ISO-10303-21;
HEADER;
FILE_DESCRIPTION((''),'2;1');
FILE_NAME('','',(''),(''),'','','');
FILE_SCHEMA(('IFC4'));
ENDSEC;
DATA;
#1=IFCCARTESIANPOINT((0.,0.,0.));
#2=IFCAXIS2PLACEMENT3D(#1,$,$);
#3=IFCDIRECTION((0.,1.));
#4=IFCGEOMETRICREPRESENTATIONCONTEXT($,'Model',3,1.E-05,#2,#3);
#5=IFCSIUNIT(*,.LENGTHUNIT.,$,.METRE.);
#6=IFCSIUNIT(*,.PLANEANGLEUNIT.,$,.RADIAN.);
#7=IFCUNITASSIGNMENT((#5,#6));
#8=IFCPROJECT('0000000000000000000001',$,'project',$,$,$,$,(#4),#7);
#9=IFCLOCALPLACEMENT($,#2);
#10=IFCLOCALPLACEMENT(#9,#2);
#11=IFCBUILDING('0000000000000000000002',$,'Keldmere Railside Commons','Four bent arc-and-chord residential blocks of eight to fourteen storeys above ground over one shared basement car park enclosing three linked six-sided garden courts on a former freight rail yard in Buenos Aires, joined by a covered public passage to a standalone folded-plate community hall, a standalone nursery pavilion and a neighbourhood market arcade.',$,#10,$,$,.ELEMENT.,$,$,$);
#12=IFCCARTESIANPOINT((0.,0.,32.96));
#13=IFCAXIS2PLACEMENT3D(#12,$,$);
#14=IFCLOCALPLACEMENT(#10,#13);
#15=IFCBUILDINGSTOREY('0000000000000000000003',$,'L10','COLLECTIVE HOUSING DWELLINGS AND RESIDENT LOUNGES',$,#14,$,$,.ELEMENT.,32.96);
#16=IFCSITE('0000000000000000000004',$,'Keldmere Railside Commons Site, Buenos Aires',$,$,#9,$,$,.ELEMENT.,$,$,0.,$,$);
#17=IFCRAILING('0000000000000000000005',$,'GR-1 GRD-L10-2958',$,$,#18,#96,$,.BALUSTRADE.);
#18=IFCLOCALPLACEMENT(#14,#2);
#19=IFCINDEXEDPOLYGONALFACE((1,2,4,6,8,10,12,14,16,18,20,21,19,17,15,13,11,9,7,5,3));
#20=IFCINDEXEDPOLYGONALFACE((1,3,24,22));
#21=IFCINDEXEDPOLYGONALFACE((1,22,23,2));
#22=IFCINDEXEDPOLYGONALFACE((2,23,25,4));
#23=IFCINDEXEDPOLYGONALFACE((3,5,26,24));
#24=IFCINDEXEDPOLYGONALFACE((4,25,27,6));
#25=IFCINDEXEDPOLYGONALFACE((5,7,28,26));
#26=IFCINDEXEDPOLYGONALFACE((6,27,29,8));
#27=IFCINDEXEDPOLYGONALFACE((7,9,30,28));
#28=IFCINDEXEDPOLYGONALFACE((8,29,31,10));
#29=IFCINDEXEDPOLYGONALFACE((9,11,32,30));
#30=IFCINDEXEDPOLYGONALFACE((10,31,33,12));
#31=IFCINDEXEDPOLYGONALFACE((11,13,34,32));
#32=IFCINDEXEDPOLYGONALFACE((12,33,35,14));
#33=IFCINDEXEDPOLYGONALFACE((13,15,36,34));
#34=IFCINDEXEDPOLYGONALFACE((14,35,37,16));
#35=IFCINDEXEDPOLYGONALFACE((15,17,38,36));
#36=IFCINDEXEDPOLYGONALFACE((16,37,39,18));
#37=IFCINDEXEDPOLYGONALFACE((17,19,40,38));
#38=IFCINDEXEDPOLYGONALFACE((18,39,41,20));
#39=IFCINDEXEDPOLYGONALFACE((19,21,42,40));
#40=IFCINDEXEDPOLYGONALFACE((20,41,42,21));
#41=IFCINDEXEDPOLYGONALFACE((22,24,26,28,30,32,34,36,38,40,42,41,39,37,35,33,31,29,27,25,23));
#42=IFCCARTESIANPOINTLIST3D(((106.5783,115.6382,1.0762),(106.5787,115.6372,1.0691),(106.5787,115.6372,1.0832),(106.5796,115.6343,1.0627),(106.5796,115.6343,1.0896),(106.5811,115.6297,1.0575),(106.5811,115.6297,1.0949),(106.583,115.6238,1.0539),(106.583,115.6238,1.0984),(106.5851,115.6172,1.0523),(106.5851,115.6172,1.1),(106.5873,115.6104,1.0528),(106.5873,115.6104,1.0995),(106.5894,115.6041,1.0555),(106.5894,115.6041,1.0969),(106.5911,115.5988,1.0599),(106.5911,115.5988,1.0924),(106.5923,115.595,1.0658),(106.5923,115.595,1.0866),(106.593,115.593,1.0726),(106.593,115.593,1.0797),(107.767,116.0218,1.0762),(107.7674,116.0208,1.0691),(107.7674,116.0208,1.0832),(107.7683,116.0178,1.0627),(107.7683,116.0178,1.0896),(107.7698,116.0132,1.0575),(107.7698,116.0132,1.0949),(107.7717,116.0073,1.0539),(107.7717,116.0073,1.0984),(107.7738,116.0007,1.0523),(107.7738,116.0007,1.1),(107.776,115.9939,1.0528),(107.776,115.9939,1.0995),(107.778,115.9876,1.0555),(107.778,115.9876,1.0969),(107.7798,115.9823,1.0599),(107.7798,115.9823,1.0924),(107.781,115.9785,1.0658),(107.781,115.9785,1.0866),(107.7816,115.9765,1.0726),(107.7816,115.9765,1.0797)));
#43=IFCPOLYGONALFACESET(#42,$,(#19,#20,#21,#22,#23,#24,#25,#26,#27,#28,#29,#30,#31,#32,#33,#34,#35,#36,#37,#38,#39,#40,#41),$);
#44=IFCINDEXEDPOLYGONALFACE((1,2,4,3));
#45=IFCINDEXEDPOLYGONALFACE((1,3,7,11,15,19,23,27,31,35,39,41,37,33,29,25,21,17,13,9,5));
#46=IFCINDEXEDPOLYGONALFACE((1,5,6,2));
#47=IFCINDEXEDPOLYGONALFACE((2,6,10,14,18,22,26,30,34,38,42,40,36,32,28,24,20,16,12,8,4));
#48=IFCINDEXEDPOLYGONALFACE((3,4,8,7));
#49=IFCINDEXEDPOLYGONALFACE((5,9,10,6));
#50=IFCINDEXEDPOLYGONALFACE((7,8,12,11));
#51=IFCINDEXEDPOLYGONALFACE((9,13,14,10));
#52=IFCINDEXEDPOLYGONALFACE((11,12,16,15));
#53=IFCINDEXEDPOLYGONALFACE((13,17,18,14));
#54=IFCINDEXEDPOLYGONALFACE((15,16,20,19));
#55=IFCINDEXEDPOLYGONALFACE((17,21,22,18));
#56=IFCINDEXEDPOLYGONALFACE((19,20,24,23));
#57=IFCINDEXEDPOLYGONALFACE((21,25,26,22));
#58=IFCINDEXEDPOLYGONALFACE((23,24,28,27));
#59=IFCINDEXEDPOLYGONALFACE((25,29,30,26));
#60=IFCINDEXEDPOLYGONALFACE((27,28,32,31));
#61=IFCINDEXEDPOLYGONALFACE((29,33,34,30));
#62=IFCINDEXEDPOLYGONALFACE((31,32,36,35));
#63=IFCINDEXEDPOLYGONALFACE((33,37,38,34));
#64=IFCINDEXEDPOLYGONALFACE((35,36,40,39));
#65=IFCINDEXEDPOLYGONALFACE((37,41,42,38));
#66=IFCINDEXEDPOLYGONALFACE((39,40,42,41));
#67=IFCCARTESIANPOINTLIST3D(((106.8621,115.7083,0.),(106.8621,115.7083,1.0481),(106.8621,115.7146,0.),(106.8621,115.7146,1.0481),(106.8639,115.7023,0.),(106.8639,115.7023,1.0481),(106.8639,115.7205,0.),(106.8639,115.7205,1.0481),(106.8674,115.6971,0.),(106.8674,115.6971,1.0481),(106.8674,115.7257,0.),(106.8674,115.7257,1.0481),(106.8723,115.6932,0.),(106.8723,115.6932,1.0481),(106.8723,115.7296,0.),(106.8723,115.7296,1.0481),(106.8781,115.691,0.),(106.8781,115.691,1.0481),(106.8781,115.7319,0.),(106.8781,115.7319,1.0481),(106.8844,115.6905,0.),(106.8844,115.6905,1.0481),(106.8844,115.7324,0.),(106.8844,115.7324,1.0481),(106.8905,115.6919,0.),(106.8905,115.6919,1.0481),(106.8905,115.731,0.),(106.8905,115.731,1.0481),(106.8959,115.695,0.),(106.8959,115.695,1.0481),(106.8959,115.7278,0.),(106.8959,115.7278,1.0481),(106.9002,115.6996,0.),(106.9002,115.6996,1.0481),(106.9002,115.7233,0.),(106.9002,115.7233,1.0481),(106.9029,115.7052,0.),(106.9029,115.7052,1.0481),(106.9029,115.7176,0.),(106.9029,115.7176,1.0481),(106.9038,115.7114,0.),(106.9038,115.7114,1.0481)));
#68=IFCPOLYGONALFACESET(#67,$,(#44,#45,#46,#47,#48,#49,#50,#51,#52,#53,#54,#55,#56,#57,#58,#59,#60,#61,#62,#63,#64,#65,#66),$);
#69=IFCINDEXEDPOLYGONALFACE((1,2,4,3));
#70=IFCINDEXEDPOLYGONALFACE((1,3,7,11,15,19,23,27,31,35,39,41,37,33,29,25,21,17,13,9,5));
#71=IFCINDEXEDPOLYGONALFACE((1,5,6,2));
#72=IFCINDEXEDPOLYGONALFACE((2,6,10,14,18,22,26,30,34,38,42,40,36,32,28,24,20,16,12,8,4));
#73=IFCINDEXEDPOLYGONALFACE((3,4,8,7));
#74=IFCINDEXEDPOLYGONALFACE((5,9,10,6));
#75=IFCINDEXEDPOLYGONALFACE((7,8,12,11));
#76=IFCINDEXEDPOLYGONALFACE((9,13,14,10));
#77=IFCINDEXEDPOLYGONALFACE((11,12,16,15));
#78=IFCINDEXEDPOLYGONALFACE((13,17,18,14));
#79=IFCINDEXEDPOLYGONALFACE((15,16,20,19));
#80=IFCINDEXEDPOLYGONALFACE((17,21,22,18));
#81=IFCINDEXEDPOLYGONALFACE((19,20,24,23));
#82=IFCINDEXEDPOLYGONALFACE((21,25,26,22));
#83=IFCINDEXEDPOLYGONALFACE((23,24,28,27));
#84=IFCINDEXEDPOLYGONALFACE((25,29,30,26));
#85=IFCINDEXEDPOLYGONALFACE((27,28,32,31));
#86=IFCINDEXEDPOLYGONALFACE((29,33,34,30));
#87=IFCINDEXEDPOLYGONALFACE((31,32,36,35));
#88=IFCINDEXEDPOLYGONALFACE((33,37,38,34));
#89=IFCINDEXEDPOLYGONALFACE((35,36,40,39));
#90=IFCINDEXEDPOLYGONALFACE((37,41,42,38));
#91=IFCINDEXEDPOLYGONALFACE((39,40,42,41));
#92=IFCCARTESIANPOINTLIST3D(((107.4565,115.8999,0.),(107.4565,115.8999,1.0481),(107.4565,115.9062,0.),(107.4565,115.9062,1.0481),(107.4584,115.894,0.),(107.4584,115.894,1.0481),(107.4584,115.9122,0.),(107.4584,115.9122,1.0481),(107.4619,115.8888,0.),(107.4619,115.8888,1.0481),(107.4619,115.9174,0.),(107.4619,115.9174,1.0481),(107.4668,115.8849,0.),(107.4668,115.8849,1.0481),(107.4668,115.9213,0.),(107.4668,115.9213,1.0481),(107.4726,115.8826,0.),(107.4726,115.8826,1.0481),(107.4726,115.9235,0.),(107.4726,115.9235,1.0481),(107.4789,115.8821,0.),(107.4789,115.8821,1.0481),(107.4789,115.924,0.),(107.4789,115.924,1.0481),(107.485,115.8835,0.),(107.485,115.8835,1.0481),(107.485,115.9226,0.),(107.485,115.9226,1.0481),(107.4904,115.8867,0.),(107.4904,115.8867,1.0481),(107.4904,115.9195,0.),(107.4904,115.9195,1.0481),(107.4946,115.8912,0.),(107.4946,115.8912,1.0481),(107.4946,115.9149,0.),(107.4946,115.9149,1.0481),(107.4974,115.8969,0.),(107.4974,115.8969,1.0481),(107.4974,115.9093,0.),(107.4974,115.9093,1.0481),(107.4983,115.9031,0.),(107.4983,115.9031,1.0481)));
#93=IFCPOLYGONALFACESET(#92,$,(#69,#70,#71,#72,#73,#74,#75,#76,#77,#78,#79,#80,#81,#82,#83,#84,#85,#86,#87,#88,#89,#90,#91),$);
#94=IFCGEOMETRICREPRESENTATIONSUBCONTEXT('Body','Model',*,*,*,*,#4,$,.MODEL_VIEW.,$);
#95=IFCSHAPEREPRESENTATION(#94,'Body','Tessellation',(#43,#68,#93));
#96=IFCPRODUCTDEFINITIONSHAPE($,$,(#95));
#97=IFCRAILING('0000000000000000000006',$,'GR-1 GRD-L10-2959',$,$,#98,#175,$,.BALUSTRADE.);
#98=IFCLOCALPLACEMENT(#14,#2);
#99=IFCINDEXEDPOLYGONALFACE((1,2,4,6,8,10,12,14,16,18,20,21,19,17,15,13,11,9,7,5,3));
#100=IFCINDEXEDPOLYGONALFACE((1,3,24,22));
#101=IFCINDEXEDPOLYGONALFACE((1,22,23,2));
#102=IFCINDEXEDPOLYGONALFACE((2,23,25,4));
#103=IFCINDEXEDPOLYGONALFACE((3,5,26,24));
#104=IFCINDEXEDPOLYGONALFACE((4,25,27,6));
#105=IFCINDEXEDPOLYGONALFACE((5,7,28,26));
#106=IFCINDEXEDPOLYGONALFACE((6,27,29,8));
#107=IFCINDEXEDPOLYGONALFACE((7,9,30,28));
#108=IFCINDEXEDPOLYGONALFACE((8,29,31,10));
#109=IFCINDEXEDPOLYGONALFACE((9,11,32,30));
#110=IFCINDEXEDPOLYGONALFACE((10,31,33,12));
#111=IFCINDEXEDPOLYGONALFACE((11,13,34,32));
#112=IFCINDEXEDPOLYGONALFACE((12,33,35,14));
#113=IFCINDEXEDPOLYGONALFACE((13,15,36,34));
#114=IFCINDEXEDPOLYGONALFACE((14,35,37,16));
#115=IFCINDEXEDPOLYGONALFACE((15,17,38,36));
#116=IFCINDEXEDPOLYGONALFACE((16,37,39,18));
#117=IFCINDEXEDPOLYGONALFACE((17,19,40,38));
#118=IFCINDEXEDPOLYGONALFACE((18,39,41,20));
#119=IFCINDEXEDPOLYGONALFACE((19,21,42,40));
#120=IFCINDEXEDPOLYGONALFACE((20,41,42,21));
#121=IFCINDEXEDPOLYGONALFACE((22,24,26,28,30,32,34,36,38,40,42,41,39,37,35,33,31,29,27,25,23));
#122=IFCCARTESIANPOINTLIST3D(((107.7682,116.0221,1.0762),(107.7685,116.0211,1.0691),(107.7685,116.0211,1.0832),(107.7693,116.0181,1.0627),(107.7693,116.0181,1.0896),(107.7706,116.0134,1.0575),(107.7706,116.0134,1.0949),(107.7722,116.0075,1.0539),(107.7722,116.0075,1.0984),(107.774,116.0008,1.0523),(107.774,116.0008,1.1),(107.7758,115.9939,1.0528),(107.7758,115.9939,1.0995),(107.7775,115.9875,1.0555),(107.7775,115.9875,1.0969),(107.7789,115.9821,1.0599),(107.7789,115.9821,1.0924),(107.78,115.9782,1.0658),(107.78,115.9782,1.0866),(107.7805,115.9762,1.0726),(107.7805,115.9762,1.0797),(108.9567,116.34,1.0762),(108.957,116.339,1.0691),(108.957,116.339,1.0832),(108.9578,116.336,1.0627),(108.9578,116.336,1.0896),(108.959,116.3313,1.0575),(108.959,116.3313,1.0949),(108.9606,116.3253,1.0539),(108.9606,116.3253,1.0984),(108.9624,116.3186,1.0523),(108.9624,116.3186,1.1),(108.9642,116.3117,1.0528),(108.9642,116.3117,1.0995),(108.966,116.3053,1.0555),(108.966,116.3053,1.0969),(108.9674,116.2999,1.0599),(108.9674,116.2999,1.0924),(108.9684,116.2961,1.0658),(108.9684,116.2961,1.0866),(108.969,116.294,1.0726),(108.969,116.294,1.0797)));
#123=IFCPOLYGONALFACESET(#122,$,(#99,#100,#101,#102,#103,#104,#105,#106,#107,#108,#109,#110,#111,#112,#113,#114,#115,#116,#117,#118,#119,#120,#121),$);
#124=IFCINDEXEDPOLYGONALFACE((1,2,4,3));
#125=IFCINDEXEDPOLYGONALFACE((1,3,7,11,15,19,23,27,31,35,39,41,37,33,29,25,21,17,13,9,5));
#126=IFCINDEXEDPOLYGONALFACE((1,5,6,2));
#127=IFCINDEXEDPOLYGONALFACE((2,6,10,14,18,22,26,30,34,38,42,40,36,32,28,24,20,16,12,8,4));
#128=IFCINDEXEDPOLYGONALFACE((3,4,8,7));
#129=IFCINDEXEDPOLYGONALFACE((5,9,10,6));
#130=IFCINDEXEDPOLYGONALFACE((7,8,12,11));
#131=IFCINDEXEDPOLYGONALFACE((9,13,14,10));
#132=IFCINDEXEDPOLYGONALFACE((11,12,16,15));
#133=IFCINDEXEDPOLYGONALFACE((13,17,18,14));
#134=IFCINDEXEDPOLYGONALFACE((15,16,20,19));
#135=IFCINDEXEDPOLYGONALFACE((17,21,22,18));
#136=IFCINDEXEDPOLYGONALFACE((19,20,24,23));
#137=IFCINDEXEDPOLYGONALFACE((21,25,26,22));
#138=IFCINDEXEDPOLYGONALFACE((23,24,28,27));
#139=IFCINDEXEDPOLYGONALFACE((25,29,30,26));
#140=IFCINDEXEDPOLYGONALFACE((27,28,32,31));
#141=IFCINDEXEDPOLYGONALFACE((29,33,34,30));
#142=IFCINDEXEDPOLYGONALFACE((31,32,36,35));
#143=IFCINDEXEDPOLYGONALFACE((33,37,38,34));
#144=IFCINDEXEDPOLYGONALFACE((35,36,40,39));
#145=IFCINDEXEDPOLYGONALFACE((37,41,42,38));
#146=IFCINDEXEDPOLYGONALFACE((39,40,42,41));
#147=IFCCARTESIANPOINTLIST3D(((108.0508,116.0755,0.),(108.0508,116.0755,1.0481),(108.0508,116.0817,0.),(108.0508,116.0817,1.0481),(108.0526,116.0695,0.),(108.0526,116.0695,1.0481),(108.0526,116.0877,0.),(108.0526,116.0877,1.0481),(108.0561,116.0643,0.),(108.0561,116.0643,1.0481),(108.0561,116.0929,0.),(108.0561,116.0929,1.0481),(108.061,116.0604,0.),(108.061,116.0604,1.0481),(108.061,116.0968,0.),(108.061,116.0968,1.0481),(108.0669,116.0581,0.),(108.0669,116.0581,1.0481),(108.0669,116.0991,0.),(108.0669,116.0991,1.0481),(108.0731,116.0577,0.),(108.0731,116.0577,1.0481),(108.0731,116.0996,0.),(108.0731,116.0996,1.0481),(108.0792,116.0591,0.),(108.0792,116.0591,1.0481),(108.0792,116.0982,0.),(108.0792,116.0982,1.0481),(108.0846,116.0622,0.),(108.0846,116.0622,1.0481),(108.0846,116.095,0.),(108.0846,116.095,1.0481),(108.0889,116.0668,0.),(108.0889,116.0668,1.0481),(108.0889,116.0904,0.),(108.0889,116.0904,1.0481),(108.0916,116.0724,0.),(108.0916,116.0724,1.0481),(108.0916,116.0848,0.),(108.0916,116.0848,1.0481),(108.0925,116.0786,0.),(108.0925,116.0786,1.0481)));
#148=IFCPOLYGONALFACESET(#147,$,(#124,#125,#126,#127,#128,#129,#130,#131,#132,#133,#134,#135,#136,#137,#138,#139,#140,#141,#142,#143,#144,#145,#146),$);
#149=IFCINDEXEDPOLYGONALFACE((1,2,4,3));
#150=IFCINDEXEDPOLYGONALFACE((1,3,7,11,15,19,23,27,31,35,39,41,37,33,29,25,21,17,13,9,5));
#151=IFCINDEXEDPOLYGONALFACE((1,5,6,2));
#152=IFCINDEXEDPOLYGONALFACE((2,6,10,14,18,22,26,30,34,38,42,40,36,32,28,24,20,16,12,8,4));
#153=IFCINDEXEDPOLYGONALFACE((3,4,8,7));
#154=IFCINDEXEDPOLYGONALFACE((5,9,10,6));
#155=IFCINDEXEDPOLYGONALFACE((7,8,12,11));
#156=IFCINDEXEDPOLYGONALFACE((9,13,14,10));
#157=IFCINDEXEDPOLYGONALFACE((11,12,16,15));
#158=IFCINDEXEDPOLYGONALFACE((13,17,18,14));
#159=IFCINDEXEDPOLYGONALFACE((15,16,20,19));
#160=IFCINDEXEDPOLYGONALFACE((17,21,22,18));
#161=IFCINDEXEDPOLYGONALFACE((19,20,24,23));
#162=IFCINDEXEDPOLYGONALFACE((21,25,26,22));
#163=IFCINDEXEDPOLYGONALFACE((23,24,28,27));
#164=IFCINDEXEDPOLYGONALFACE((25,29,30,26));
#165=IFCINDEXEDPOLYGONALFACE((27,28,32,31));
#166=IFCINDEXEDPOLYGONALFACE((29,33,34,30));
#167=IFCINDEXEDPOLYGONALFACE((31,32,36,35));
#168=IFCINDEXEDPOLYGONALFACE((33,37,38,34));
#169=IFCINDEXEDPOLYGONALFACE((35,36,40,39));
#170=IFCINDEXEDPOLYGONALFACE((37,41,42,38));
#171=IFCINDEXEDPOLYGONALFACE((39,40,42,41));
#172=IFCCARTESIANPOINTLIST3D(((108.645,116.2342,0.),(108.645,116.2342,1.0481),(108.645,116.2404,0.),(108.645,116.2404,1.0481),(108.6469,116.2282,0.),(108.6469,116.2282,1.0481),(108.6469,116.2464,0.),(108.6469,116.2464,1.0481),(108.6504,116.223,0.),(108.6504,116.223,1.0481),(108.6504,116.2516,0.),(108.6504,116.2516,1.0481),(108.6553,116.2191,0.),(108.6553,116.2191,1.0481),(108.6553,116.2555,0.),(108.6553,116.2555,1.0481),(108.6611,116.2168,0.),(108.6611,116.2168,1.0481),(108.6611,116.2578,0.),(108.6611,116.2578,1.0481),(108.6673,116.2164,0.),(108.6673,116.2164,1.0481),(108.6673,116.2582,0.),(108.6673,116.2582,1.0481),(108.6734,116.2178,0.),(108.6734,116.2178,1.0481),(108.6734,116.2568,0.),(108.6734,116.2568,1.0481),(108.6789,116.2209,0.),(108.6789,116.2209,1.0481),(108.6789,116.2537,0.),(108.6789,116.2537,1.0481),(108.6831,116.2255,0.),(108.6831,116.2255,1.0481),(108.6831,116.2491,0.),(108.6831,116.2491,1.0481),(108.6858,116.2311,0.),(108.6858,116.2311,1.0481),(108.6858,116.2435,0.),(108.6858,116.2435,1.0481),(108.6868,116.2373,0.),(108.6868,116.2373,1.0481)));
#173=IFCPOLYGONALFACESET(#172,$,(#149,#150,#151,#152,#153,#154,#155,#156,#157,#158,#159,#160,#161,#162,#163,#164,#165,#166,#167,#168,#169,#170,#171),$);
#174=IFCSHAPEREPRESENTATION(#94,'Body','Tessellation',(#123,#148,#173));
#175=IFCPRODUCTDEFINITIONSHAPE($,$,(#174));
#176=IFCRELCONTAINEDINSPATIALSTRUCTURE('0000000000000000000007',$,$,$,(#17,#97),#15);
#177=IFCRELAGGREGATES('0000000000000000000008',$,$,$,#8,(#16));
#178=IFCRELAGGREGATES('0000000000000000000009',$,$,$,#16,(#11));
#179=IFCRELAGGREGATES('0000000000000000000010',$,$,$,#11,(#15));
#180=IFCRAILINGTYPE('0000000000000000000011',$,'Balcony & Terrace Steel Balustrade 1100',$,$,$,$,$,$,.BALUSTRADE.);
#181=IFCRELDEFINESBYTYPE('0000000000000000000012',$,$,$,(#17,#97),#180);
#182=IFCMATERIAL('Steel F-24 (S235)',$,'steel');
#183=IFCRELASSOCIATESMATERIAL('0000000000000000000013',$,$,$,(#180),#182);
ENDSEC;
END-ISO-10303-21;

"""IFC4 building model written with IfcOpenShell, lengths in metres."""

from ifc_helpers import new_model, si_unit, direction, frame, origin, origin_2d, place, context, subcontext, project, spatial, circle, extrude, material, type_object, element, save


model = new_model("IFC4")

# Units and contexts
model_context = context("Model", 3, precision=1e-05, world=origin(), true_north=direction((0.0, 1.0)))
body_context = subcontext(model_context, "Body", "Model", "MODEL_VIEW")
ifc_project = project(units=[si_unit("LENGTHUNIT", "METRE"), si_unit("PLANEANGLEUNIT", "RADIAN")], contexts=[model_context])

# Site, building, storey
site_placement = place(None, origin())
site = spatial("IfcSite", under=ifc_project, at=site_placement, Name="Keldmere Railside Commons Site, Buenos Aires", CompositionType="ELEMENT", RefElevation=0.0)
building_placement = place(site_placement, origin())
building = spatial("IfcBuilding", under=site, at=building_placement, Name="Keldmere Railside Commons", Description="Four bent arc-and-chord residential blocks of eight to fourteen storeys above ground over one shared basement car park enclosing three linked six-sided garden courts on a former freight rail yard in Buenos Aires, joined by a covered public passage to a standalone folded-plate community hall, a standalone nursery pavilion and a neighbourhood market arcade.", CompositionType="ELEMENT")
storey_placement = place(building_placement, frame((0.0, 0.0, 32.96)))
storey = spatial("IfcBuildingStorey", under=building, at=storey_placement, Name="L10", Description="COLLECTIVE HOUSING DWELLINGS AND RESIDENT LOUNGES", CompositionType="ELEMENT", Elevation=32.96)

# Railings
ifc_material_1 = material(Name="Steel F-24 (S235)", Category="steel")
railing_type = type_object("IfcRailingType", Name="Balcony & Terrace Steel Balustrade 1100", PredefinedType="BALUSTRADE", material=ifc_material_1)
railing_1_placement = place(storey_placement, frame((106.5857, 115.6155, 0.0)))
element("IfcRailing", 1, at=railing_1_placement, inside=storey, type_object=railing_type, Name="GR-1 GRD-L10-2958", PredefinedType="BALUSTRADE", context=body_context, shape_type="SweptSolid", body=[
    extrude(circle(Radius=0.0239, at=origin_2d()), frame((0.0, 0.0, 1.0762), z_axis=(0.951688, 0.307066, 0.0), x_axis=(-0.307066, 0.951688, 0.0)), (0.0, 0.0, 1.0), 1.249),
    extrude(circle(Radius=0.021, at=origin_2d()), frame((0.2971, 0.0959, 0.0)), (0.0, 0.0, 1.0), 1.0481),
    extrude(circle(Radius=0.021, at=origin_2d()), frame((0.8916, 0.2876, 0.0)), (0.0, 0.0, 1.0), 1.0481),
])
railing_2_placement = place(storey_placement, frame((107.7744, 115.999, 0.0)))
element("IfcRailing", 2, at=railing_2_placement, inside=storey, type_object=railing_type, Name="GR-1 GRD-L10-2959", PredefinedType="BALUSTRADE", context=body_context, shape_type="SweptSolid", body=[
    extrude(circle(Radius=0.0239, at=origin_2d()), frame((0.0, 0.0, 1.0762), z_axis=(0.966044, 0.258379, 0.0), x_axis=(-0.258379, 0.966044, 0.0)), (0.0, 0.0, 1.0), 1.2302),
    extrude(circle(Radius=0.021, at=origin_2d()), frame((0.2971, 0.0796, 0.0)), (0.0, 0.0, 1.0), 1.0481),
    extrude(circle(Radius=0.021, at=origin_2d()), frame((0.8914, 0.2383, 0.0)), (0.0, 0.0, 1.0), 1.0481),
])

save(model, "model.ifc")
